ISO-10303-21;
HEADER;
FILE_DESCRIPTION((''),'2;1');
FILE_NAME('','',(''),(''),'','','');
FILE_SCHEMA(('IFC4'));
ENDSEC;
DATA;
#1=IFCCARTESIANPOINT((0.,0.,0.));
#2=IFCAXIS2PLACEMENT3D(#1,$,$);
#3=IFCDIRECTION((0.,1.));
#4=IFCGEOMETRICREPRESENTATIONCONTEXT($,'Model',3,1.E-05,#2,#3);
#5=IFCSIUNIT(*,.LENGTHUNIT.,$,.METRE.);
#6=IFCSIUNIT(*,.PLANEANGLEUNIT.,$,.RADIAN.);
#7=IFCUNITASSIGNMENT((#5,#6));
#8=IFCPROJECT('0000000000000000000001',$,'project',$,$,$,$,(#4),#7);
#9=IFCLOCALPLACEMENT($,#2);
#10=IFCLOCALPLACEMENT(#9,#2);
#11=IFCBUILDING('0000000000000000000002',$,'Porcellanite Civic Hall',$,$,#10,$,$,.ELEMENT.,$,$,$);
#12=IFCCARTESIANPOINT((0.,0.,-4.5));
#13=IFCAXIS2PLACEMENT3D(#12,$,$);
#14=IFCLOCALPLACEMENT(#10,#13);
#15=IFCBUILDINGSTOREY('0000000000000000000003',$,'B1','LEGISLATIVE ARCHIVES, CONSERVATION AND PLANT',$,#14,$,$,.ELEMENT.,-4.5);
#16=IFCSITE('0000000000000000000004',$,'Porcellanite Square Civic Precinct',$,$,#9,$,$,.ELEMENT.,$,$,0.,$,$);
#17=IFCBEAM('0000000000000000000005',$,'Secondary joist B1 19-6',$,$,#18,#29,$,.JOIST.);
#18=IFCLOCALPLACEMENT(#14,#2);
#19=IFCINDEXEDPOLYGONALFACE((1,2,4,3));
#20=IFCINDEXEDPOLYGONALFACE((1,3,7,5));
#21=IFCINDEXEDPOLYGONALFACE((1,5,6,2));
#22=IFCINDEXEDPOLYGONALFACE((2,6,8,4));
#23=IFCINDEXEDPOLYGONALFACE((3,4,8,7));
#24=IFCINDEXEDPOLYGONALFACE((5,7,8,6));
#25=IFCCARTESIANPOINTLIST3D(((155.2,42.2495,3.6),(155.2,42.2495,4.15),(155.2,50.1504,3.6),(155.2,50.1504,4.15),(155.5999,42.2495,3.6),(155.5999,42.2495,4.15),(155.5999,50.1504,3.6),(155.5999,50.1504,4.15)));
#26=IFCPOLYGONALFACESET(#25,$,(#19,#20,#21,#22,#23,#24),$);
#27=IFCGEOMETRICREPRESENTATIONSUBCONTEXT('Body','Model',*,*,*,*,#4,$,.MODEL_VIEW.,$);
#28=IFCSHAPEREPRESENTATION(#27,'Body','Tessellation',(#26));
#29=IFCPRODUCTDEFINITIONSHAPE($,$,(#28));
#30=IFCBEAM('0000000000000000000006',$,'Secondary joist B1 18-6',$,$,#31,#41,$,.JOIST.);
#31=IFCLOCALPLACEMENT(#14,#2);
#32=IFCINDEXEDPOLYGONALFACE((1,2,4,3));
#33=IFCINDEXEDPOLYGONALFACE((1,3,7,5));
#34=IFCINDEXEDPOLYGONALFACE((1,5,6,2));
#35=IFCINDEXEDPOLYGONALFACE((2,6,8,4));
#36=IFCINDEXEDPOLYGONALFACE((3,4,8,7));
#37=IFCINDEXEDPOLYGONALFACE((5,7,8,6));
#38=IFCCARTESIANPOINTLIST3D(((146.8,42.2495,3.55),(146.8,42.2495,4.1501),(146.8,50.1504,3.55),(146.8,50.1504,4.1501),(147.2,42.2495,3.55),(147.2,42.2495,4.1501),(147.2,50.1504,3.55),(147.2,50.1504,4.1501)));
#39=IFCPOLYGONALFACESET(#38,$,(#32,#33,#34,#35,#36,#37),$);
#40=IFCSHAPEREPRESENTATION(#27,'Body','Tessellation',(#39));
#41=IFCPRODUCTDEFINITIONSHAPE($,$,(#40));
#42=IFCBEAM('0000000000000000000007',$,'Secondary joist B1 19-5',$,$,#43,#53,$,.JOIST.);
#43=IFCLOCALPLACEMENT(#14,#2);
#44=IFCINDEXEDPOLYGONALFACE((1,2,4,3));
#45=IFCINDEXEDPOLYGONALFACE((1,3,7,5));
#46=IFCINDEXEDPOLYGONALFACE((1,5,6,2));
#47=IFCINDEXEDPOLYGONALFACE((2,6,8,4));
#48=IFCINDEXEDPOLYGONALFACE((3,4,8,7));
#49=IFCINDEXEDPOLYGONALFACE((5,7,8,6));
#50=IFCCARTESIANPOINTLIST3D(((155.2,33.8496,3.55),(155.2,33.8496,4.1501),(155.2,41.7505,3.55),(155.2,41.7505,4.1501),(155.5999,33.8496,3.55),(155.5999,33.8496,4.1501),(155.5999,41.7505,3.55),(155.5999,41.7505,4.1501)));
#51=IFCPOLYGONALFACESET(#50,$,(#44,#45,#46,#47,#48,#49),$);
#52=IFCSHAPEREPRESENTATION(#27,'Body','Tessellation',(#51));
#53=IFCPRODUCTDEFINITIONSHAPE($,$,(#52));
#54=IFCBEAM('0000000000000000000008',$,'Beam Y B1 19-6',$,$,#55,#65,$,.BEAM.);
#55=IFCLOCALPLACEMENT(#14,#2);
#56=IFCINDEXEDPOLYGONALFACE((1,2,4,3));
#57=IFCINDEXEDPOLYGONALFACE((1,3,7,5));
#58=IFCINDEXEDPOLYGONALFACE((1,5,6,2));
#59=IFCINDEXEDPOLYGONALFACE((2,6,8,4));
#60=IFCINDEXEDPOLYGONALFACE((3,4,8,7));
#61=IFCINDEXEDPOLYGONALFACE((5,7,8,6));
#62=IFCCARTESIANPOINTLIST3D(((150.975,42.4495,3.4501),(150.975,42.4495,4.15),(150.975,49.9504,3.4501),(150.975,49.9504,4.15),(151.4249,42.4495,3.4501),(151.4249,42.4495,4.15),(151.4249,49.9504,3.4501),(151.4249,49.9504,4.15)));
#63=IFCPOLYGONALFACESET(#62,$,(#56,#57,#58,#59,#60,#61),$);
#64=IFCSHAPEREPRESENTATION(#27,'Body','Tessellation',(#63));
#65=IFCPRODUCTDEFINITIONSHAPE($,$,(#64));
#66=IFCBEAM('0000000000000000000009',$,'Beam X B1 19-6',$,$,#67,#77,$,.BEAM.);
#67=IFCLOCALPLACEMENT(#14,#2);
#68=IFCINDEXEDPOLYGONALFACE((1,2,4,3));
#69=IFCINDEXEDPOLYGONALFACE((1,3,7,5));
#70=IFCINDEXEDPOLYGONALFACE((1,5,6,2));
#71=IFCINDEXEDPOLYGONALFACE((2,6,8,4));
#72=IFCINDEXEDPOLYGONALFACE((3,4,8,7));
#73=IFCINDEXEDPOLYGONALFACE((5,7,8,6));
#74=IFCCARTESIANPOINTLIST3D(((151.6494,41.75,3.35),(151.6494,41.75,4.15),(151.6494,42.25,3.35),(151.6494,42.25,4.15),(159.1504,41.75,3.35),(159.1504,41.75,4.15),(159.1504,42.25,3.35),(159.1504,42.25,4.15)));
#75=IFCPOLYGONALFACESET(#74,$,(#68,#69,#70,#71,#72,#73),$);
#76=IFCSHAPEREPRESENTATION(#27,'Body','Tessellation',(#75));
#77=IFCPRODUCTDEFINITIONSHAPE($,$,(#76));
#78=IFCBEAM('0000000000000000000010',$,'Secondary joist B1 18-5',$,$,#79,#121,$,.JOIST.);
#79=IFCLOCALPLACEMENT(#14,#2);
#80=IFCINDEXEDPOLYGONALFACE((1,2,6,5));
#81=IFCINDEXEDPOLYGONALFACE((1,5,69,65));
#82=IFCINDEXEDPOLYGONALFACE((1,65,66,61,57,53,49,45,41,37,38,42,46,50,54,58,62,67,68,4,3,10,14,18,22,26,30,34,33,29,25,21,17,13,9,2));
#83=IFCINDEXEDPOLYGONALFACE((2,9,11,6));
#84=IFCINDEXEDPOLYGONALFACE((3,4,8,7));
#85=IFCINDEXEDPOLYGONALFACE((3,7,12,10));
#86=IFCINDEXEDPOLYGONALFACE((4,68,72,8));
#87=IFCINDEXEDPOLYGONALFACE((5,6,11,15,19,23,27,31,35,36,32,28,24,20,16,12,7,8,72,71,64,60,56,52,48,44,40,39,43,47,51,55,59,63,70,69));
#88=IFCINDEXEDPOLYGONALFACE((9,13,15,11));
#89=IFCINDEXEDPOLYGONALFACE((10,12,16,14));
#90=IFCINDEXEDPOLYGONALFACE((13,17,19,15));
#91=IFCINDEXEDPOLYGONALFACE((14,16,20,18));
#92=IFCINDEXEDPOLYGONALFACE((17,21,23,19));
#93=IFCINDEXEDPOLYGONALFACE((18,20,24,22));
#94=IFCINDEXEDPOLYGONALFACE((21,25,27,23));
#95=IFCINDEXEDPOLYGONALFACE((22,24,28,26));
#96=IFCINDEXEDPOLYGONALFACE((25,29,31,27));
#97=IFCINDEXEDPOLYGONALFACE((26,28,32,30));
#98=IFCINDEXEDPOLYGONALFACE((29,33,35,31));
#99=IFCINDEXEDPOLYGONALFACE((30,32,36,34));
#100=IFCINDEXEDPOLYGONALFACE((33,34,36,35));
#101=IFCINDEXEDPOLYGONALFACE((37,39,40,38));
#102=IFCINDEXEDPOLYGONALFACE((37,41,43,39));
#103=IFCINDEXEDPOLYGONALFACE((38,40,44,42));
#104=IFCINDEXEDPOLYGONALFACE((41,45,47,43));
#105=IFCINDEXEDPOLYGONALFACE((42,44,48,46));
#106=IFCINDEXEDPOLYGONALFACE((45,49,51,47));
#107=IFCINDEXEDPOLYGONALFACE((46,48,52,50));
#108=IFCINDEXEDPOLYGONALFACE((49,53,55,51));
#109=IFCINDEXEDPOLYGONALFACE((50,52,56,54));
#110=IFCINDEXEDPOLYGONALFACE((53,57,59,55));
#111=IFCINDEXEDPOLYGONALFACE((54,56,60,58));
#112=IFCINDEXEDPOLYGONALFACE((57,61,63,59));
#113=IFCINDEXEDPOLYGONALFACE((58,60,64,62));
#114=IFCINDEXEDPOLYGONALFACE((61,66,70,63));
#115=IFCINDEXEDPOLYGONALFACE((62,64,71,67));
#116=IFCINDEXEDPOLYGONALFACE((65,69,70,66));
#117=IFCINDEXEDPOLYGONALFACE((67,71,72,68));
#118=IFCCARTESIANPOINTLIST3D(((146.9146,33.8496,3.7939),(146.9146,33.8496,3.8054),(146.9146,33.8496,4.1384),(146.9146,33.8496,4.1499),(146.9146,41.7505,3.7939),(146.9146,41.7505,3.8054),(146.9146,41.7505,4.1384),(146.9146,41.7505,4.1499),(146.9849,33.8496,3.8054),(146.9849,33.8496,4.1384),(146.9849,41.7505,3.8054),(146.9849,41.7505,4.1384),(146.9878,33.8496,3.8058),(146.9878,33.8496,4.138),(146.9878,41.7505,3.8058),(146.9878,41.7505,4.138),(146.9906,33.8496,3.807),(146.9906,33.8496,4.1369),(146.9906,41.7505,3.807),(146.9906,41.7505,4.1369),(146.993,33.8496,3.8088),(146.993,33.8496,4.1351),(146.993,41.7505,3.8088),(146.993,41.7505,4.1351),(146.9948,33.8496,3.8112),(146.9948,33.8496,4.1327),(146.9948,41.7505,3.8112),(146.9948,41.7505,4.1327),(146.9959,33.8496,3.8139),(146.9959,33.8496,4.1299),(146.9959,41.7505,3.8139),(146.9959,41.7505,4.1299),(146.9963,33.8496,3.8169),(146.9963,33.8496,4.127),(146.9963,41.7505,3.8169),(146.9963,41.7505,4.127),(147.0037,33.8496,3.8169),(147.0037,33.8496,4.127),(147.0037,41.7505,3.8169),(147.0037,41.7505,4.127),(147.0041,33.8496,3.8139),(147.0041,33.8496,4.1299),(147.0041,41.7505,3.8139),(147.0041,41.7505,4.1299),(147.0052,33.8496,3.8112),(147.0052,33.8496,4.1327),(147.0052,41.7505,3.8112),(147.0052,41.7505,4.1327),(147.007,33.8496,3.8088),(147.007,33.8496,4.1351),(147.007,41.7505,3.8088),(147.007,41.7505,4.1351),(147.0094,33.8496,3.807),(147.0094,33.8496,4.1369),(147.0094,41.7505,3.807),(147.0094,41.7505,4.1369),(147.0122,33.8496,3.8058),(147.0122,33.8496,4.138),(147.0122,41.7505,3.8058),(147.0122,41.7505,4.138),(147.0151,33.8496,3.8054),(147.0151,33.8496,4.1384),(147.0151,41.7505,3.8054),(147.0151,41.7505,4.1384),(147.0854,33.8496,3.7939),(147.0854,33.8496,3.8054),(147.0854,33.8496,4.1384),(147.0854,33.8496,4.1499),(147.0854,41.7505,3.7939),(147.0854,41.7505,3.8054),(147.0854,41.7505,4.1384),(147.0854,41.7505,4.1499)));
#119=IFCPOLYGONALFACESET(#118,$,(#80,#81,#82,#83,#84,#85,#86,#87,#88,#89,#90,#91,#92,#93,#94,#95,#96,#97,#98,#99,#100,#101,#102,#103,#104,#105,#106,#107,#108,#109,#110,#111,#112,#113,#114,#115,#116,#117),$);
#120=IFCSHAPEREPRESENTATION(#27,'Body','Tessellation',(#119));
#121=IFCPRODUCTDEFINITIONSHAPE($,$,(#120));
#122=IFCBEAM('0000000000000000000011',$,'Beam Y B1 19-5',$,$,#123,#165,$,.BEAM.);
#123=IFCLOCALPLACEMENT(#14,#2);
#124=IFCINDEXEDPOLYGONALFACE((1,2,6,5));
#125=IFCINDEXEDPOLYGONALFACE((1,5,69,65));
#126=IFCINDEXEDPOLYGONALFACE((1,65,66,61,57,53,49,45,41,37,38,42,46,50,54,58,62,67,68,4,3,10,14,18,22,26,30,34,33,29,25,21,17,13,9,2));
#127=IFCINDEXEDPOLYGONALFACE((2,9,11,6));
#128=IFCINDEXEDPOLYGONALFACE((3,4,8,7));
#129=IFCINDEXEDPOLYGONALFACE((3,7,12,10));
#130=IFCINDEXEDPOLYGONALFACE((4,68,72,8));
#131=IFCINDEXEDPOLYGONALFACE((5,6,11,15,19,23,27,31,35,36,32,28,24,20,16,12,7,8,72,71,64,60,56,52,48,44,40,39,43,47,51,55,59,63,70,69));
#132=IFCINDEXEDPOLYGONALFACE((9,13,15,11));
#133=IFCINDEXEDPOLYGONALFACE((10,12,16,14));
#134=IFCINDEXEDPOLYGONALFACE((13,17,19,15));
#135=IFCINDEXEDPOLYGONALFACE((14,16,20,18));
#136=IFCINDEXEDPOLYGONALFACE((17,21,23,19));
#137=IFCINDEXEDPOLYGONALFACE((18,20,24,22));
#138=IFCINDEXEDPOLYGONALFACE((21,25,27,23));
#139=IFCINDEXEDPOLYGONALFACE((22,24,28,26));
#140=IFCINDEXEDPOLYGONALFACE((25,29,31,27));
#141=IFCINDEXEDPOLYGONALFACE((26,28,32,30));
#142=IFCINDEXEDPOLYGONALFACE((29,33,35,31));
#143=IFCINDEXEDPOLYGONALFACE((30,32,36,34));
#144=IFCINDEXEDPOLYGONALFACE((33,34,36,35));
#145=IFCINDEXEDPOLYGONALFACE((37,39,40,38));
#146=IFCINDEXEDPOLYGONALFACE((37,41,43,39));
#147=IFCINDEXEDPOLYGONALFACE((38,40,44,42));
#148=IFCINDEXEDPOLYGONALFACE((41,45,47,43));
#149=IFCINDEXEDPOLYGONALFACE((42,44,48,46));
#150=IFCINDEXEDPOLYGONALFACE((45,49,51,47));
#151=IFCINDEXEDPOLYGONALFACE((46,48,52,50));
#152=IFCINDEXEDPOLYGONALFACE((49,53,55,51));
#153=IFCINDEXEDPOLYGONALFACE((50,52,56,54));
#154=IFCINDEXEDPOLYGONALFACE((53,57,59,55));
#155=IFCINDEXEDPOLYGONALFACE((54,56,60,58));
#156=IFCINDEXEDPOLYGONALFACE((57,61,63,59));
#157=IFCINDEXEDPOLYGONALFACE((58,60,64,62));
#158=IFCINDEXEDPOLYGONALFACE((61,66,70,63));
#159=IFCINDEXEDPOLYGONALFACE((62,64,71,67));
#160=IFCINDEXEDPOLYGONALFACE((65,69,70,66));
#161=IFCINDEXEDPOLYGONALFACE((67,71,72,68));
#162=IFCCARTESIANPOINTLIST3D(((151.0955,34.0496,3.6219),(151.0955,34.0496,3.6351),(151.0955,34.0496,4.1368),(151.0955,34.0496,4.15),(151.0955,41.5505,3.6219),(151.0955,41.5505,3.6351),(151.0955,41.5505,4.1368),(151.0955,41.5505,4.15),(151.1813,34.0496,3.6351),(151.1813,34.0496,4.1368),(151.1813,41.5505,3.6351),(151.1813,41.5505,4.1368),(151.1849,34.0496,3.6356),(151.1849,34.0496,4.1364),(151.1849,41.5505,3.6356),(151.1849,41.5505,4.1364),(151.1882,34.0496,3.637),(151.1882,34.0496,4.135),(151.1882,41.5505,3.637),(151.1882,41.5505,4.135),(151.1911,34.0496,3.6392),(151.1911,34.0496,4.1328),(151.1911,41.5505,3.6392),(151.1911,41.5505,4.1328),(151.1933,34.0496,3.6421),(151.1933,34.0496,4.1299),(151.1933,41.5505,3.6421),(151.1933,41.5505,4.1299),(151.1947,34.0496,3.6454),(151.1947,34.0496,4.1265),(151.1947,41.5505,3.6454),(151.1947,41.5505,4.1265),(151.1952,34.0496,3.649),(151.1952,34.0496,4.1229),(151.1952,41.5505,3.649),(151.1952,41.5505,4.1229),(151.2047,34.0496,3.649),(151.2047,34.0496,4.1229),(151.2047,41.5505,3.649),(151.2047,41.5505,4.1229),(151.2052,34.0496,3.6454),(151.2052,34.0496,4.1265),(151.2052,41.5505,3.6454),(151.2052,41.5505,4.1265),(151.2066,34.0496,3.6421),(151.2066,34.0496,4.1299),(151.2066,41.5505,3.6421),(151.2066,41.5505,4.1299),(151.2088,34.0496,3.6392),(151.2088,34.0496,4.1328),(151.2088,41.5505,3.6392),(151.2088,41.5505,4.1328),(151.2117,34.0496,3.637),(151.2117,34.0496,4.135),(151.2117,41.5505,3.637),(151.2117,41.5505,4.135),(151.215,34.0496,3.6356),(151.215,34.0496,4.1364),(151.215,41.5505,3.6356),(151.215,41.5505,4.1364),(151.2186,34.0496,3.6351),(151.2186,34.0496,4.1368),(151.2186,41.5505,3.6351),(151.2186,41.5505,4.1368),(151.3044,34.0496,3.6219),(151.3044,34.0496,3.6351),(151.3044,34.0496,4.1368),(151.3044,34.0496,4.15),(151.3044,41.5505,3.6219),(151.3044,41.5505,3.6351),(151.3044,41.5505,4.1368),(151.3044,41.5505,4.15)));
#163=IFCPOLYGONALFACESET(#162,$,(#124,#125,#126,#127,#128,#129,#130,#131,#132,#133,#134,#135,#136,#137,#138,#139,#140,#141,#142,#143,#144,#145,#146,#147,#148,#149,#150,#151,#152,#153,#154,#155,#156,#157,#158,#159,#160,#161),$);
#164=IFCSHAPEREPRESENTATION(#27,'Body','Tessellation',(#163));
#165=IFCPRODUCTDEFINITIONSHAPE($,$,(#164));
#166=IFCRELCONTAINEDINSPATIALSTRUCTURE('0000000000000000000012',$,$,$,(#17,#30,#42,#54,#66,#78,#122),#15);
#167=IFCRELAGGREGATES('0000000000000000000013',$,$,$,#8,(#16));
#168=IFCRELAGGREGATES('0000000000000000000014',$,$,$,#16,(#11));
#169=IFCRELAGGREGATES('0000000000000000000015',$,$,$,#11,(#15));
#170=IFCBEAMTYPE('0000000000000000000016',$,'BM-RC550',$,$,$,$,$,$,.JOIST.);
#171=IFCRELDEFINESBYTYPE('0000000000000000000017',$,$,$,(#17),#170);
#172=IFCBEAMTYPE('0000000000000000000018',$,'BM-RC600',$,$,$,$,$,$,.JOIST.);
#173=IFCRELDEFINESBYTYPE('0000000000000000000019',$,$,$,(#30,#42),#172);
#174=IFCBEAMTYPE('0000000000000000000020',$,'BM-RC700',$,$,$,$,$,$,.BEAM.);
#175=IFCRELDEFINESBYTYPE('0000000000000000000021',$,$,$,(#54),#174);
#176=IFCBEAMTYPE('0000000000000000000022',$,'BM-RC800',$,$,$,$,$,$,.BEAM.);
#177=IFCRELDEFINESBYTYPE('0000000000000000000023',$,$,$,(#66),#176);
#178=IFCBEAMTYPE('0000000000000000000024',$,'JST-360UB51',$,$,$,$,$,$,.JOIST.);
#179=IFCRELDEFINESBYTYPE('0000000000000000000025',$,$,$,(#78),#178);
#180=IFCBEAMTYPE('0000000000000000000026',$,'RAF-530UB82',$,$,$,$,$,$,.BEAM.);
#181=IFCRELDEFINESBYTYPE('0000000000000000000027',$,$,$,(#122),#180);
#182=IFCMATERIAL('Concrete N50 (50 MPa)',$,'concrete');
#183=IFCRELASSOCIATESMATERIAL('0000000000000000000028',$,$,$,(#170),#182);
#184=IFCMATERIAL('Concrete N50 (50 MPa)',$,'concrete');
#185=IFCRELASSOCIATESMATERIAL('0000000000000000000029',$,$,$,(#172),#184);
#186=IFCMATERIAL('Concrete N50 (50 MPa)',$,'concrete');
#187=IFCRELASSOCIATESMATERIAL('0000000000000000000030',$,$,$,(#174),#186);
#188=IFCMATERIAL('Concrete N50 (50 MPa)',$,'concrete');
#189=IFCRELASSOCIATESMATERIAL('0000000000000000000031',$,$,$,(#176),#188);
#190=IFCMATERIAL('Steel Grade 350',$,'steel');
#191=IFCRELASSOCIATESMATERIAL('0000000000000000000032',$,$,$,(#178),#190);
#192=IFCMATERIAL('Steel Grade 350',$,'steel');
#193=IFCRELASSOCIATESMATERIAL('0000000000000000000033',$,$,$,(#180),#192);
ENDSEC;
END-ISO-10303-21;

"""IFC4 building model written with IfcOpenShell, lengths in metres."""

from ifc_helpers import new_model, si_unit, direction, frame, origin, origin_2d, place, context, subcontext, project, spatial, rectangle, i_section, extrude, material, material_profile, profile_set, type_object, element, save


model = new_model("IFC4")

# Units and contexts
model_context = context("Model", 3, precision=1e-05, world=origin(), true_north=direction((0.0, 1.0)))
body_context = subcontext(model_context, "Body", "Model", "MODEL_VIEW")
ifc_project = project(units=[si_unit("LENGTHUNIT", "METRE"), si_unit("PLANEANGLEUNIT", "RADIAN")], contexts=[model_context])

# Site, building, storey
site_placement = place(None, origin())
site = spatial("IfcSite", under=ifc_project, at=site_placement, Name="Porcellanite Square Civic Precinct", CompositionType="ELEMENT", RefElevation=0.0)
building_placement = place(site_placement, origin())
building = spatial("IfcBuilding", under=site, at=building_placement, Name="Porcellanite Civic Hall", CompositionType="ELEMENT")
storey_placement = place(building_placement, frame((0.0, 0.0, -4.5)))
storey = spatial("IfcBuildingStorey", under=building, at=storey_placement, Name="B1", Description="LEGISLATIVE ARCHIVES, CONSERVATION AND PLANT", CompositionType="ELEMENT", Elevation=-4.5)

# Beams
ifc_material_1 = material(Name="Concrete N50 (50 MPa)", Category="concrete")
ifc_material_profile_1 = material_profile(ifc_material_1, rectangle(XDim=0.3999, YDim=0.55, at=origin_2d()), Name="RC-400x550")
ifc_profile_set_1 = profile_set([ifc_material_profile_1], Name="Concrete N50 (50 MPa)")
beam_type_1 = type_object("IfcBeamType", Name="BM-RC550", PredefinedType="JOIST", material=ifc_profile_set_1)
beam_1_placement = place(storey_placement, frame((155.3999, 42.2495, 3.875), z_axis=(0.0, 1.0, 0.0), x_axis=(-1.0, 0.0, 0.0)))
element("IfcBeam", 1, at=beam_1_placement, inside=storey, type_object=beam_type_1, Name="Secondary joist B1 19-6", PredefinedType="JOIST", context=body_context, shape_type="SweptSolid", body=[
    extrude(rectangle(XDim=0.3999, YDim=0.55, at=origin_2d()), origin(), (0.0, 0.0, 1.0), 7.9009),
])
ifc_material_2 = material(Name="Concrete N50 (50 MPa)", Category="concrete")
ifc_material_profile_2 = material_profile(ifc_material_2, rectangle(XDim=0.3999, YDim=0.6001, at=origin_2d()), Name="RC-400x600")
ifc_profile_set_2 = profile_set([ifc_material_profile_2], Name="Concrete N50 (50 MPa)")
beam_type_2 = type_object("IfcBeamType", Name="BM-RC600", PredefinedType="JOIST", material=ifc_profile_set_2)
for number, where, z_axis, x_axis, name in (
    (2, (147.0, 42.2495, 3.8501), (0.0, 1.0, 0.0), (-1.0, 0.0, 0.0), "Secondary joist B1 18-6"),
    (3, (155.3999, 33.8496, 3.8501), (0.0, 1.0, 0.0), (-1.0, 0.0, 0.0), "Secondary joist B1 19-5"),
):
    element("IfcBeam", number, at=place(storey_placement, frame(where, z_axis=z_axis, x_axis=x_axis)), inside=storey, type_object=beam_type_2, Name=name, PredefinedType="JOIST", context=body_context, shape_type="SweptSolid", body=[
        extrude(rectangle(XDim=0.3999, YDim=0.6001, at=origin_2d()), origin(), (0.0, 0.0, 1.0), 7.9009),
    ])
ifc_material_3 = material(Name="Concrete N50 (50 MPa)", Category="concrete")
ifc_material_profile_3 = material_profile(ifc_material_3, rectangle(XDim=0.45, YDim=0.7, at=origin_2d()), Name="RC-450x700")
ifc_profile_set_3 = profile_set([ifc_material_profile_3], Name="Concrete N50 (50 MPa)")
beam_type_3 = type_object("IfcBeamType", Name="BM-RC700", PredefinedType="BEAM", material=ifc_profile_set_3)
beam_2_placement = place(storey_placement, frame((151.2, 42.4495, 3.8), z_axis=(0.0, 1.0, 0.0), x_axis=(-1.0, 0.0, 0.0)))
element("IfcBeam", 4, at=beam_2_placement, inside=storey, type_object=beam_type_3, Name="Beam Y B1 19-6", PredefinedType="BEAM", context=body_context, shape_type="SweptSolid", body=[
    extrude(rectangle(XDim=0.45, YDim=0.7, at=origin_2d()), origin(), (0.0, 0.0, 1.0), 7.501),
])
ifc_material_4 = material(Name="Concrete N50 (50 MPa)", Category="concrete")
ifc_material_profile_4 = material_profile(ifc_material_4, rectangle(XDim=0.5, YDim=0.8, at=origin_2d()), Name="RC-500x800")
ifc_profile_set_4 = profile_set([ifc_material_profile_4], Name="Concrete N50 (50 MPa)")
beam_type_4 = type_object("IfcBeamType", Name="BM-RC800", PredefinedType="BEAM", material=ifc_profile_set_4)
beam_3_placement = place(storey_placement, frame((151.6494, 42.0, 3.75), z_axis=(1.0, 0.0, 0.0), x_axis=(0.0, 1.0, 0.0)))
element("IfcBeam", 5, at=beam_3_placement, inside=storey, type_object=beam_type_4, Name="Beam X B1 19-6", PredefinedType="BEAM", context=body_context, shape_type="SweptSolid", body=[
    extrude(rectangle(XDim=0.5, YDim=0.8, at=origin_2d()), origin(), (0.0, 0.0, 1.0), 7.501),
])
ifc_material_5 = material(Name="Steel Grade 350", Category="steel")
ifc_material_profile_5 = material_profile(ifc_material_5, i_section(OverallWidth=0.1709, OverallDepth=0.356, WebThickness=0.0073, FlangeThickness=0.0115, FilletRadius=0.0115, at=origin_2d()), Name="360UB50.7")
ifc_profile_set_5 = profile_set([ifc_material_profile_5], Name="Steel Grade 350")
beam_type_5 = type_object("IfcBeamType", Name="JST-360UB51", PredefinedType="JOIST", material=ifc_profile_set_5)
beam_4_placement = place(storey_placement, frame((147.0, 33.8496, 3.9719), z_axis=(0.0, 1.0, 0.0), x_axis=(-1.0, 0.0, 0.0)))
element("IfcBeam", 6, at=beam_4_placement, inside=storey, type_object=beam_type_5, Name="Secondary joist B1 18-5", PredefinedType="JOIST", context=body_context, shape_type="SweptSolid", body=[
    extrude(i_section(OverallWidth=0.1709, OverallDepth=0.356, WebThickness=0.0073, FlangeThickness=0.0115, FilletRadius=0.0115, at=origin_2d()), origin(), (0.0, 0.0, 1.0), 7.9009),
])
ifc_material_6 = material(Name="Steel Grade 350", Category="steel")
ifc_material_profile_6 = material_profile(ifc_material_6, i_section(OverallWidth=0.209, OverallDepth=0.5281, WebThickness=0.0095, FlangeThickness=0.0132, FilletRadius=0.0139, at=origin_2d()), Name="530UB82.0")
ifc_profile_set_6 = profile_set([ifc_material_profile_6], Name="Steel Grade 350")
beam_type_6 = type_object("IfcBeamType", Name="RAF-530UB82", PredefinedType="BEAM", material=ifc_profile_set_6)
beam_5_placement = place(storey_placement, frame((151.2, 34.0496, 3.886), z_axis=(0.0, 1.0, 0.0), x_axis=(-1.0, 0.0, 0.0)))
element("IfcBeam", 7, at=beam_5_placement, inside=storey, type_object=beam_type_6, Name="Beam Y B1 19-5", PredefinedType="BEAM", context=body_context, shape_type="SweptSolid", body=[
    extrude(i_section(OverallWidth=0.209, OverallDepth=0.5281, WebThickness=0.0095, FlangeThickness=0.0132, FilletRadius=0.0139, at=origin_2d()), origin(), (0.0, 0.0, 1.0), 7.501),
])

save(model, "model.ifc")
